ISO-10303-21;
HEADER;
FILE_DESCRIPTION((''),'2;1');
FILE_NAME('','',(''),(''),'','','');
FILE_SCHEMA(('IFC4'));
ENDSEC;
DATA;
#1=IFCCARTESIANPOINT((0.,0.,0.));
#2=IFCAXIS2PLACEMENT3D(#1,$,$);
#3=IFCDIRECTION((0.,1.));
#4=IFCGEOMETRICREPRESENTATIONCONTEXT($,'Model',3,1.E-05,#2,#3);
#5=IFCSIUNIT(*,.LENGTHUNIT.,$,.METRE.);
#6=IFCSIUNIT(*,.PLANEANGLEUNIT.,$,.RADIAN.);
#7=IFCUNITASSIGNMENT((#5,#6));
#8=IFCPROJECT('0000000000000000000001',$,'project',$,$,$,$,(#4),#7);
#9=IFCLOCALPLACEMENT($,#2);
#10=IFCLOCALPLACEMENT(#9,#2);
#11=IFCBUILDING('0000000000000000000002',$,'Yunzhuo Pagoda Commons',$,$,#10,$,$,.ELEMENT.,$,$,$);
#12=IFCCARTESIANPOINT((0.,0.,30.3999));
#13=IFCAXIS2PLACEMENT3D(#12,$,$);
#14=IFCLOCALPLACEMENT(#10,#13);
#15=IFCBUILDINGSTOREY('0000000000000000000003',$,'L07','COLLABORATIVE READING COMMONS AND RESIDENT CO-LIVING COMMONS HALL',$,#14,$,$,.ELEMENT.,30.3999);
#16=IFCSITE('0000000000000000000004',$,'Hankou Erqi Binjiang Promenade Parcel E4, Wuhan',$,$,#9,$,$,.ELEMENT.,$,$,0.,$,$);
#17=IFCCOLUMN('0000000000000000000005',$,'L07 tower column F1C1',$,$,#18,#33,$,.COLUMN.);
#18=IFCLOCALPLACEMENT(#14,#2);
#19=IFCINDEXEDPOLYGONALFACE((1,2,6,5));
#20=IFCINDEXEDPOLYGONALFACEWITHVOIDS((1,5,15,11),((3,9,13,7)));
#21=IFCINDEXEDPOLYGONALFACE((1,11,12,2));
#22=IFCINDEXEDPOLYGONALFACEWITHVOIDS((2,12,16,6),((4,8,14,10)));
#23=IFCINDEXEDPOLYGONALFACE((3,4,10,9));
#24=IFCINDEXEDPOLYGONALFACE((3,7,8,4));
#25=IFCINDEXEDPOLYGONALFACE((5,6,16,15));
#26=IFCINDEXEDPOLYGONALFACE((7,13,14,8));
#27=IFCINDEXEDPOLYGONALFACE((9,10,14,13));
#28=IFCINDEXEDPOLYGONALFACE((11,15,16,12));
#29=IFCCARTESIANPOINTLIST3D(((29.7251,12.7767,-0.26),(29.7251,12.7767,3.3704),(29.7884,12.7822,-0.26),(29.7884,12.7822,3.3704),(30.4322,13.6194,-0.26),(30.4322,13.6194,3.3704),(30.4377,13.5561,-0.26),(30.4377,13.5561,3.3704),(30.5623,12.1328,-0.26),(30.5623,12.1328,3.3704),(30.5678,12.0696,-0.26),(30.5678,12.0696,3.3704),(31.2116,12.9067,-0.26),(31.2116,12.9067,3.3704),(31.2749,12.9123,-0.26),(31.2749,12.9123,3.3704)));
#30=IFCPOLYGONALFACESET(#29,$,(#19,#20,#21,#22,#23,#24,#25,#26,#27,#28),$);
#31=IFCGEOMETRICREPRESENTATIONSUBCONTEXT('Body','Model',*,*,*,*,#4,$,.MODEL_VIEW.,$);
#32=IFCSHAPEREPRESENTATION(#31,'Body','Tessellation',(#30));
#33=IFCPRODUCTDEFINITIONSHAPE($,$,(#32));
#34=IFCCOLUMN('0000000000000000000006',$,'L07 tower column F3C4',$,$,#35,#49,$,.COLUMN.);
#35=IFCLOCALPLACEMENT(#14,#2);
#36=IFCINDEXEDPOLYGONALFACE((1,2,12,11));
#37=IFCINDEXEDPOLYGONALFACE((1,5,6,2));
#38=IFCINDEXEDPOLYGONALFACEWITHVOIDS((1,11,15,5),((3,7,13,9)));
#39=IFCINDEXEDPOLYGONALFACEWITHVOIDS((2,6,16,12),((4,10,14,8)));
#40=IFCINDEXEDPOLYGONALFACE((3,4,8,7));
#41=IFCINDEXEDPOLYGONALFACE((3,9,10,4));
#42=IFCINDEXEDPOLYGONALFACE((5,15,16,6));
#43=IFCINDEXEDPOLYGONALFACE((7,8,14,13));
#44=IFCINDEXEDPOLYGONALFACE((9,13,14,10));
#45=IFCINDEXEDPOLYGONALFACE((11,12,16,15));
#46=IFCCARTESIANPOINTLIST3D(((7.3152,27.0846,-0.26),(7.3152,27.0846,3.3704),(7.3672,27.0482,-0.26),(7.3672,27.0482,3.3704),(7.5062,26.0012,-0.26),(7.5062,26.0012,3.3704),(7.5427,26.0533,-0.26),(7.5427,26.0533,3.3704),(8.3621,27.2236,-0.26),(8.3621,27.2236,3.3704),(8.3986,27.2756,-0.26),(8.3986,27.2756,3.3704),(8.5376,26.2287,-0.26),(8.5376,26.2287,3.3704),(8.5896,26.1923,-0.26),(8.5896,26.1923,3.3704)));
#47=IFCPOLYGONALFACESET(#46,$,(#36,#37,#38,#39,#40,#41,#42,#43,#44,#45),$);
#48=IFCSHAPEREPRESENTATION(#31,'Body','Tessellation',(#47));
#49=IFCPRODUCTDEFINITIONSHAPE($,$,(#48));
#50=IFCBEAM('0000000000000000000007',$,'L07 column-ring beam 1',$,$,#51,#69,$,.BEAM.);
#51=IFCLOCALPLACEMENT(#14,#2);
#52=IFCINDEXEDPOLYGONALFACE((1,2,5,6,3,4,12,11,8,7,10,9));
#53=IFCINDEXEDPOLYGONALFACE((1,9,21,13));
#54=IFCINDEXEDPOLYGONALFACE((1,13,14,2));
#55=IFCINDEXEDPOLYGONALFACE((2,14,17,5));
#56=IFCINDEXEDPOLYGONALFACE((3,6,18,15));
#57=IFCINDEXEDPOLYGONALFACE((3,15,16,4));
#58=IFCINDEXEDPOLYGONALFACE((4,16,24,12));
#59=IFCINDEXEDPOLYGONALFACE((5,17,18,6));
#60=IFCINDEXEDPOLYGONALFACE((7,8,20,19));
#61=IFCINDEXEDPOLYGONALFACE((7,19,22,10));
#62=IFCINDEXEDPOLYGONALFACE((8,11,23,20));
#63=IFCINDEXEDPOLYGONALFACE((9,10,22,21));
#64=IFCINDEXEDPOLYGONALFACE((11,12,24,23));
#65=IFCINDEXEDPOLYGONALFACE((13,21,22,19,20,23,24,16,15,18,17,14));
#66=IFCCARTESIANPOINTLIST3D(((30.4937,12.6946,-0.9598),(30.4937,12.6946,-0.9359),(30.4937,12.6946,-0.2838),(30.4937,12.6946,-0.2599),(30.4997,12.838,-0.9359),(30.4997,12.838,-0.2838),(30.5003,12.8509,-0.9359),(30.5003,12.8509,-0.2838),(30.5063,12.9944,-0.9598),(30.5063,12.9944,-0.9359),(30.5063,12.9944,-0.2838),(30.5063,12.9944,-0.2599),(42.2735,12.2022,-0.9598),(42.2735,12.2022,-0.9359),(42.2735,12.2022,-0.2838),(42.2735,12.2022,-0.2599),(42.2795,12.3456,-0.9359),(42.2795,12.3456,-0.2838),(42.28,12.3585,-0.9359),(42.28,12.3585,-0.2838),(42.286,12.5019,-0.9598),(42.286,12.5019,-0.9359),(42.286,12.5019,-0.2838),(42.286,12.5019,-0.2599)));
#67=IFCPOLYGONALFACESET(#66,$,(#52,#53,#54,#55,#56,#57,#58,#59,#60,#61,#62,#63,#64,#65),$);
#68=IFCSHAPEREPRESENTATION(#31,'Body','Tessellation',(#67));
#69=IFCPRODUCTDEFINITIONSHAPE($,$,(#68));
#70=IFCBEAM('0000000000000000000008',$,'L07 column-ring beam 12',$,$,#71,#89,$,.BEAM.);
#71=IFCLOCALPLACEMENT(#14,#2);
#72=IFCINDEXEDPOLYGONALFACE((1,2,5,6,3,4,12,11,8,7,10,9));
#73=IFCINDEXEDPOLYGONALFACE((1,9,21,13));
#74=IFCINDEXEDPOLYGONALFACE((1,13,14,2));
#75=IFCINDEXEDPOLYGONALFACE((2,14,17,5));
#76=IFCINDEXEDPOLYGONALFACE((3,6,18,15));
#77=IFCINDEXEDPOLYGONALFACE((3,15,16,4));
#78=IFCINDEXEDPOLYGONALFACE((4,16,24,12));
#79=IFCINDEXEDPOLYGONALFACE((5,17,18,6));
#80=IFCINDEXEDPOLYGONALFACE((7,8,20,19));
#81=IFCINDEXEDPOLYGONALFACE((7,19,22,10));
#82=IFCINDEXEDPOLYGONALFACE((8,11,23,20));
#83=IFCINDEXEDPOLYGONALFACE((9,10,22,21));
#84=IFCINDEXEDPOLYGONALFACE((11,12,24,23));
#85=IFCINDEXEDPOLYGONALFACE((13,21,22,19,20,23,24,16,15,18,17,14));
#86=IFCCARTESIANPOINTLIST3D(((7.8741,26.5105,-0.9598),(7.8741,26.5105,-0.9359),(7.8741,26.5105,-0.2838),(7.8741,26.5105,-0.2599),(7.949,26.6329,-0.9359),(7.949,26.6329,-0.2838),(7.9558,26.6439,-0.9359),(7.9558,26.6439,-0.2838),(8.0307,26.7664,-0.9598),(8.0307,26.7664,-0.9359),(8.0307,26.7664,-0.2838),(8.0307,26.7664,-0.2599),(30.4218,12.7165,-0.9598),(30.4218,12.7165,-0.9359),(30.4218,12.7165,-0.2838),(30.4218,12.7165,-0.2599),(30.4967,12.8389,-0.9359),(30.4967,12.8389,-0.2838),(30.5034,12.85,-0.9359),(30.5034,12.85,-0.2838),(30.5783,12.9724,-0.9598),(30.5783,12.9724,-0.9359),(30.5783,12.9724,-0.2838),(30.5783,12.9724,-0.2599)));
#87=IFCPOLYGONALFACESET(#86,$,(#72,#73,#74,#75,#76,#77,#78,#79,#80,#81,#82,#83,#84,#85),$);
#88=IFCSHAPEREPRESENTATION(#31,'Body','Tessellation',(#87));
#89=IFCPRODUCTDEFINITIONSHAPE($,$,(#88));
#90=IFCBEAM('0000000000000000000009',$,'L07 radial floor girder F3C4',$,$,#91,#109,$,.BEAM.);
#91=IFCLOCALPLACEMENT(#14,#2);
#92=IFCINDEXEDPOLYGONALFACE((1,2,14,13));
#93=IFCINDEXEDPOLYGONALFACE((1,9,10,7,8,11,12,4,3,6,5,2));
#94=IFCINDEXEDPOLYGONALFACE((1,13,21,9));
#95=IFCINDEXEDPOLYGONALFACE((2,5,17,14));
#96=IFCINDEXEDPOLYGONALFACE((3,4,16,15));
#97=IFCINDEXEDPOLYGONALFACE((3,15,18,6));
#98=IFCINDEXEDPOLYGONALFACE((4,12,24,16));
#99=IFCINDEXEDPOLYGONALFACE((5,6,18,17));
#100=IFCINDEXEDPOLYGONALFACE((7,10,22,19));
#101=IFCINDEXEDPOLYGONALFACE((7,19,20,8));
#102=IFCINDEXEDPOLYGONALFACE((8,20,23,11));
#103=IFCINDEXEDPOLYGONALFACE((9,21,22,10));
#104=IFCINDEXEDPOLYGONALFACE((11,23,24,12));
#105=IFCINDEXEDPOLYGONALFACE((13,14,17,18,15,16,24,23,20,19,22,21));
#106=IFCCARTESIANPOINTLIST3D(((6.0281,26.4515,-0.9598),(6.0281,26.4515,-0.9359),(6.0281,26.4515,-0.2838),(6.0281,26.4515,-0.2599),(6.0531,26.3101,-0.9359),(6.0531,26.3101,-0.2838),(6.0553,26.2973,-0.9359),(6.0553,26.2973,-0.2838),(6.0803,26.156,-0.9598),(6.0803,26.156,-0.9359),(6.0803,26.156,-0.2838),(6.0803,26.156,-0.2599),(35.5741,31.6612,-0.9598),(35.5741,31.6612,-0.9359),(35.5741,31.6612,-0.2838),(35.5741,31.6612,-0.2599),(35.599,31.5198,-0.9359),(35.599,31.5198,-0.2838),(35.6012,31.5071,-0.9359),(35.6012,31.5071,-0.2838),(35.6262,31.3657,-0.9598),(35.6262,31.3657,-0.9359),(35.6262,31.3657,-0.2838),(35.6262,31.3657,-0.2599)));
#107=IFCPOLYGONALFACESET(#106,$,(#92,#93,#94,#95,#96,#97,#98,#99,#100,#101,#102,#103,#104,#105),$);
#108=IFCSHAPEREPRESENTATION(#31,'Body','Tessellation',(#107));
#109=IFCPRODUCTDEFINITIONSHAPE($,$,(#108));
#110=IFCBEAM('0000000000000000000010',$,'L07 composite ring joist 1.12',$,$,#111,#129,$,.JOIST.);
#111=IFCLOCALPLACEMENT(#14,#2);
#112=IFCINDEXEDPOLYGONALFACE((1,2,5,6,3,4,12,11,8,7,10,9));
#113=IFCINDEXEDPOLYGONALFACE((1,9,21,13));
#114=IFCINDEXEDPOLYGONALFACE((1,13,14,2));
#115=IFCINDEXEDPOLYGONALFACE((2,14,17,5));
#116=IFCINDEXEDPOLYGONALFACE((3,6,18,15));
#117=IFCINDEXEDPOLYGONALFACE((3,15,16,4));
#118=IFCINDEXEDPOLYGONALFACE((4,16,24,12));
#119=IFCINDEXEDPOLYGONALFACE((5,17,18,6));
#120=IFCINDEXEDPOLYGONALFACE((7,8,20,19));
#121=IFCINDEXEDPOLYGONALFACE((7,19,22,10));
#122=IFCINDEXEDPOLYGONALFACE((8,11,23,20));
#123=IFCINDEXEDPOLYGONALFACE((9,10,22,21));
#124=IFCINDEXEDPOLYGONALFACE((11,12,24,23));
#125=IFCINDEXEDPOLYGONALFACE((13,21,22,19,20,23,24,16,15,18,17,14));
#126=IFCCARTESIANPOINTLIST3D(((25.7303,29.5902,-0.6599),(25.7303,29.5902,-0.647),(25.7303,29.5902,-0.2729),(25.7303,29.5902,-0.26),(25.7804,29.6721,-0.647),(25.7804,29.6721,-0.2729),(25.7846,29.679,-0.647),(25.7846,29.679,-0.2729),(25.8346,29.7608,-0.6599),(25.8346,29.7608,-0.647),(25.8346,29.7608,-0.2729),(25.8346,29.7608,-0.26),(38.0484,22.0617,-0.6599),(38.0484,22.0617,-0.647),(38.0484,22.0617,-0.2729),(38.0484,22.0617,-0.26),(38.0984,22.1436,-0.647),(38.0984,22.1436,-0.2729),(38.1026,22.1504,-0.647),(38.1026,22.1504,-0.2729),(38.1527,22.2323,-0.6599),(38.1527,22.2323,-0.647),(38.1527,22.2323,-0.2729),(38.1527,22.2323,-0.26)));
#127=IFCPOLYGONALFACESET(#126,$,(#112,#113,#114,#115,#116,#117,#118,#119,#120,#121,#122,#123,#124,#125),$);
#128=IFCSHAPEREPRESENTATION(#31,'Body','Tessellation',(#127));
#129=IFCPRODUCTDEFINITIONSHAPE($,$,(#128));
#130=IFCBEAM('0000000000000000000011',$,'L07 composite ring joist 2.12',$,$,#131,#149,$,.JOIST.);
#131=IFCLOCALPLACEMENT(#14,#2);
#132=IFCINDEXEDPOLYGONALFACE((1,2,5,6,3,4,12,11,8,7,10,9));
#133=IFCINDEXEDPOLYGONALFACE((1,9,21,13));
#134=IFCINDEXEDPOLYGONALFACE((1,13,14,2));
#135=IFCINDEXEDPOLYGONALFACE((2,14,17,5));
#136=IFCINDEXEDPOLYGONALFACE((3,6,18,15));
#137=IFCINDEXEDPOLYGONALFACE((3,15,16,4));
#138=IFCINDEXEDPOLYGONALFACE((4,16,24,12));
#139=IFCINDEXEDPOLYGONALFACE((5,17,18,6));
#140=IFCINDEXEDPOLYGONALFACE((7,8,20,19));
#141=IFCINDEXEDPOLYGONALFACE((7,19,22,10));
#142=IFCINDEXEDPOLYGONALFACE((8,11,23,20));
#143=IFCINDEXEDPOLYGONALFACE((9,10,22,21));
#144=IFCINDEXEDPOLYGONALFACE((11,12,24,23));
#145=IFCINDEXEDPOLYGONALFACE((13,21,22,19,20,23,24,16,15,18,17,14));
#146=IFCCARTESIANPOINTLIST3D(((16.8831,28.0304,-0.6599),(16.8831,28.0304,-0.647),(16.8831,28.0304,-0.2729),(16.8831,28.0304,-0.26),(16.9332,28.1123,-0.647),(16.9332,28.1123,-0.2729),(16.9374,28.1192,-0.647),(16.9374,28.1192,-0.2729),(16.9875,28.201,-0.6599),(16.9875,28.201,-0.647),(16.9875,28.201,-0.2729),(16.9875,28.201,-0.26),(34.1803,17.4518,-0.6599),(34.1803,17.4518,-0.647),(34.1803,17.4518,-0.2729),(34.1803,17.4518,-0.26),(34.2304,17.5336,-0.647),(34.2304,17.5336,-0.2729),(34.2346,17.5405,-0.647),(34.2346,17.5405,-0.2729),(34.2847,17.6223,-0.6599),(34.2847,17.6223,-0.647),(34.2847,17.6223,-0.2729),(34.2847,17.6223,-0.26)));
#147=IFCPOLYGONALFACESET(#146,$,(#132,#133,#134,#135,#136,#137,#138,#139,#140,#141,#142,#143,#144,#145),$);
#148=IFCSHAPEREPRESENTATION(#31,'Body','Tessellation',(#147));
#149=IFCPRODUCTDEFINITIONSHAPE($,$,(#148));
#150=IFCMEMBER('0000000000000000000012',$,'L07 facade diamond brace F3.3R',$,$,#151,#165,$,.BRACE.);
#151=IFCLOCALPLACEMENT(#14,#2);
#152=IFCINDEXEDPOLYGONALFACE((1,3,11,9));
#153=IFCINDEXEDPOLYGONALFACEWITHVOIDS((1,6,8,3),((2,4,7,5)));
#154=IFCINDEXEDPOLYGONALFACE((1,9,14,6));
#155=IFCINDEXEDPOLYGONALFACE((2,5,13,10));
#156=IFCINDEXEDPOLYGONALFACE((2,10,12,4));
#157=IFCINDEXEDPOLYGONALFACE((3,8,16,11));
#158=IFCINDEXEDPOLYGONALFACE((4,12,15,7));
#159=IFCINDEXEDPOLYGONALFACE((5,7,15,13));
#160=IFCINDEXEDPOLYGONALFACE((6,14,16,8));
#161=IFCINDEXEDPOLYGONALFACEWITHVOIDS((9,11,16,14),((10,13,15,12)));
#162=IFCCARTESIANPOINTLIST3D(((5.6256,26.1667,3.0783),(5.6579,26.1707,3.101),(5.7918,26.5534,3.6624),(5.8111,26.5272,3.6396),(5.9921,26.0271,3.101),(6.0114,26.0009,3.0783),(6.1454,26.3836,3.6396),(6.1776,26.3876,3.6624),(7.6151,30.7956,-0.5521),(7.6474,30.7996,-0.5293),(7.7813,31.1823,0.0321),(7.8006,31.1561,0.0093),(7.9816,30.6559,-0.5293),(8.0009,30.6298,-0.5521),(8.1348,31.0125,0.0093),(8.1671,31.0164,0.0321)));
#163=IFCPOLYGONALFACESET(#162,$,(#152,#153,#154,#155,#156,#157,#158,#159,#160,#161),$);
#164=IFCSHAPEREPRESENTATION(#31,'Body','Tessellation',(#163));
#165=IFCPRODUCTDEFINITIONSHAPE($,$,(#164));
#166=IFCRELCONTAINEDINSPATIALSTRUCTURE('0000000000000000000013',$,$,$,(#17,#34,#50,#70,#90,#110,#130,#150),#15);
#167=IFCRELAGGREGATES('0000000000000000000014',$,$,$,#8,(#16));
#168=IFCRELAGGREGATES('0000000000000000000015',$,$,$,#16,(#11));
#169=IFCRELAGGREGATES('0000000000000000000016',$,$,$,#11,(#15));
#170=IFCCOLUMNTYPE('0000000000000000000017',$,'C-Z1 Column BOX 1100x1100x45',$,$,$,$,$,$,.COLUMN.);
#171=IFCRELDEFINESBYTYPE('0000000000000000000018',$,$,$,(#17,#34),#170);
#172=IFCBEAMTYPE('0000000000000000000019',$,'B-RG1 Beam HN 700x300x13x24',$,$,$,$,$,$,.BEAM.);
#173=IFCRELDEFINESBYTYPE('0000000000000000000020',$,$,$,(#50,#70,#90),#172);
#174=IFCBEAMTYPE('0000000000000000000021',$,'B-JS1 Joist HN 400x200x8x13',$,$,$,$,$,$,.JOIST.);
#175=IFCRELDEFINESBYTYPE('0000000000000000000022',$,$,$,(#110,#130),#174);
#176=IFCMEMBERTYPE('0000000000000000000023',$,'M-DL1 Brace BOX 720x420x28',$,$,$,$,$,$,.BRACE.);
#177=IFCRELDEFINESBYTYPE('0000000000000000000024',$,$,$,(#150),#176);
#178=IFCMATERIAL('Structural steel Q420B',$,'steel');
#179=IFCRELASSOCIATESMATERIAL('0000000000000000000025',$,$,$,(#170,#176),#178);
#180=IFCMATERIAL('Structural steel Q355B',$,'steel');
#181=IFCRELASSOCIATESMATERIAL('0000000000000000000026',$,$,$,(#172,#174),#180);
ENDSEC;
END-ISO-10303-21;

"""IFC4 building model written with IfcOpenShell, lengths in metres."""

from ifc_helpers import new_model, si_unit, direction, frame, origin, origin_2d, place, context, subcontext, project, spatial, hollow_rectangle, i_section, extrude, source, transform, mapped, material, material_profile, profile_set, type_object, element, save


model = new_model("IFC4")

# Units and contexts
model_context = context("Model", 3, precision=1e-05, world=origin(), true_north=direction((0.0, 1.0)))
body_context = subcontext(model_context, "Body", "Model", "MODEL_VIEW")
ifc_project = project(units=[si_unit("LENGTHUNIT", "METRE"), si_unit("PLANEANGLEUNIT", "RADIAN")], contexts=[model_context])

# Site, building, storey
site_placement = place(None, origin())
site = spatial("IfcSite", under=ifc_project, at=site_placement, Name="Hankou Erqi Binjiang Promenade Parcel E4, Wuhan", CompositionType="ELEMENT", RefElevation=0.0)
building_placement = place(site_placement, origin())
building = spatial("IfcBuilding", under=site, at=building_placement, Name="Yunzhuo Pagoda Commons", CompositionType="ELEMENT")
storey_placement = place(building_placement, frame((0.0, 0.0, 30.3999)))
storey = spatial("IfcBuildingStorey", under=building, at=storey_placement, Name="L07", Description="COLLABORATIVE READING COMMONS AND RESIDENT CO-LIVING COMMONS HALL", CompositionType="ELEMENT", Elevation=30.3999)

# Columns
ifc_material_1 = material(Name="Structural steel Q420B", Category="steel")
ifc_material_profile_1 = material_profile(ifc_material_1, hollow_rectangle(XDim=1.1001, YDim=1.1001, WallThickness=0.0449, at=origin_2d()), Name="Structural steel Q420B")
ifc_profile_set_1 = profile_set([ifc_material_profile_1], Name="Structural steel Q420B")
column_type = type_object("IfcColumnType", Name="C-Z1 Column BOX 1100x1100x45", PredefinedType="COLUMN", material=ifc_profile_set_1)
shared_shape_1 = source(origin(), body_context, "Body", "SweptSolid", [
    extrude(hollow_rectangle(XDim=1.1001, YDim=1.1001, WallThickness=0.0449, at=origin_2d()), origin(), (0.0, 0.0, 1.0), 3.6304),
])
for number, where, z_axis, x_axis, name in (
    (1, (30.5, 12.8445, -0.26), (0.0, 0.0, 1.0), (0.766044, -0.642788, 0.0), "L07 tower column F1C1"),
    (2, (7.9524, 26.6384, -0.26), (0.0, 0.0, 1.0), (0.173648, -0.984808, 0.0), "L07 tower column F3C4"),
):
    element("IfcColumn", number, at=place(storey_placement, frame(where, z_axis=z_axis, x_axis=x_axis)), inside=storey, type_object=column_type, Name=name, PredefinedType="COLUMN", context=body_context, shape_type="MappedRepresentation", body=[
        mapped(shared_shape_1, transform((0.0, 0.0, 0.0), scale=1.0)),
    ])

# Beams
ifc_material_2 = material(Name="Structural steel Q355B", Category="steel")
ifc_material_profile_2 = material_profile(ifc_material_2, i_section(OverallWidth=0.3, OverallDepth=0.7, WebThickness=0.0129, FlangeThickness=0.0239, at=origin_2d()), Name="Structural steel Q355B")
ifc_profile_set_2 = profile_set([ifc_material_profile_2], Name="Structural steel Q355B")
beam_type_1 = type_object("IfcBeamType", Name="B-RG1 Beam HN 700x300x13x24", PredefinedType="BEAM", material=ifc_profile_set_2)
shared_shape_2 = source(origin(), body_context, "Body", "SweptSolid", [
    extrude(i_section(OverallWidth=0.3, OverallDepth=0.7, WebThickness=0.0129, FlangeThickness=0.0239, at=origin_2d()), origin(), (0.0, 0.0, 1.0), 11.79),
])
beam_1_placement = place(storey_placement, frame((30.5, 12.8445, -0.6099), z_axis=(0.999127, -0.041767, 0.0), x_axis=(0.041767, 0.999127, 0.0)))
element("IfcBeam", 3, at=beam_1_placement, inside=storey, type_object=beam_type_1, Name="L07 column-ring beam 1", PredefinedType="BEAM", context=body_context, shape_type="MappedRepresentation", body=[
    mapped(shared_shape_2, transform((0.0, 0.0, 0.0), scale=1.0)),
])
shared_shape_3 = source(origin(), body_context, "Body", "SweptSolid", [
    extrude(i_section(OverallWidth=0.3, OverallDepth=0.7, WebThickness=0.0129, FlangeThickness=0.0239, at=origin_2d()), origin(), (0.0, 0.0, 1.0), 26.4324),
])
beam_2_placement = place(storey_placement, frame((7.9524, 26.6384, -0.6099), z_axis=(0.853032, -0.521859, 0.0), x_axis=(0.521859, 0.853032, 0.0)))
element("IfcBeam", 4, at=beam_2_placement, inside=storey, type_object=beam_type_1, Name="L07 column-ring beam 12", PredefinedType="BEAM", context=body_context, shape_type="MappedRepresentation", body=[
    mapped(shared_shape_3, transform((0.0, 0.0, 0.0), scale=1.0)),
])
shared_shape_4 = source(origin(), body_context, "Body", "SweptSolid", [
    extrude(i_section(OverallWidth=0.3, OverallDepth=0.7, WebThickness=0.0129, FlangeThickness=0.0239, at=origin_2d()), origin(), (0.0, 0.0, 1.0), 30.0017),
])
beam_3_placement = place(storey_placement, frame((6.0542, 26.3037, -0.6099), z_axis=(0.984808, 0.173647, 0.0), x_axis=(-0.173647, 0.984808, 0.0)))
element("IfcBeam", 5, at=beam_3_placement, inside=storey, type_object=beam_type_1, Name="L07 radial floor girder F3C4", PredefinedType="BEAM", context=body_context, shape_type="MappedRepresentation", body=[
    mapped(shared_shape_4, transform((0.0, 0.0, 0.0), scale=1.0)),
])
ifc_material_profile_3 = material_profile(ifc_material_2, i_section(OverallWidth=0.2, OverallDepth=0.3999, WebThickness=0.0081, FlangeThickness=0.0129, at=origin_2d()), Name="Structural steel Q355B")
ifc_profile_set_3 = profile_set([ifc_material_profile_3], Name="Structural steel Q355B")
beam_type_2 = type_object("IfcBeamType", Name="B-JS1 Joist HN 400x200x8x13", PredefinedType="JOIST", material=ifc_profile_set_3)
shared_shape_5 = source(origin(), body_context, "Body", "SweptSolid", [
    extrude(i_section(OverallWidth=0.2, OverallDepth=0.3999, WebThickness=0.0081, FlangeThickness=0.0129, at=origin_2d()), origin(), (0.0, 0.0, 1.0), 14.4365),
])
beam_4_placement = place(storey_placement, frame((25.7825, 29.6755, -0.46), z_axis=(0.853256, -0.521492, 0.0), x_axis=(0.521492, 0.853256, 0.0)))
element("IfcBeam", 6, at=beam_4_placement, inside=storey, type_object=beam_type_2, Name="L07 composite ring joist 1.12", PredefinedType="JOIST", context=body_context, shape_type="MappedRepresentation", body=[
    mapped(shared_shape_5, transform((0.0, 0.0, 0.0), scale=1.0)),
])
shared_shape_6 = source(origin(), body_context, "Body", "SweptSolid", [
    extrude(i_section(OverallWidth=0.2, OverallDepth=0.3999, WebThickness=0.0081, FlangeThickness=0.0129, at=origin_2d()), origin(), (0.0, 0.0, 1.0), 20.2756),
])
beam_5_placement = place(storey_placement, frame((16.9353, 28.1157, -0.46), z_axis=(0.853103, -0.521743, 0.0), x_axis=(0.521743, 0.853103, 0.0)))
element("IfcBeam", 7, at=beam_5_placement, inside=storey, type_object=beam_type_2, Name="L07 composite ring joist 2.12", PredefinedType="JOIST", context=body_context, shape_type="MappedRepresentation", body=[
    mapped(shared_shape_6, transform((0.0, 0.0, 0.0), scale=1.0)),
])

# Member
ifc_material_profile_4 = material_profile(ifc_material_1, hollow_rectangle(XDim=0.4199, YDim=0.72, WallThickness=0.0281, at=origin_2d()), Name="Structural steel Q420B")
ifc_profile_set_4 = profile_set([ifc_material_profile_4], Name="Structural steel Q420B")
member_type_1 = type_object("IfcMemberType", Name="M-DL1 Brace BOX 720x420x28", PredefinedType="BRACE", material=ifc_profile_set_4)
shared_shape_7 = source(origin(), body_context, "Body", "SweptSolid", [
    extrude(hollow_rectangle(XDim=0.4199, YDim=0.72, WallThickness=0.0281, at=origin_2d()), origin(), (0.0, 0.0, 1.0), 6.21),
])
member_1_placement = place(storey_placement, frame((7.8911, 30.906, -0.26), z_axis=(-0.320369, -0.745392, 0.584598), x_axis=(0.918736, -0.394872, 0.0)))
element("IfcMember", 8, at=member_1_placement, inside=storey, type_object=member_type_1, Name="L07 facade diamond brace F3.3R", PredefinedType="BRACE", context=body_context, shape_type="MappedRepresentation", body=[
    mapped(shared_shape_7, transform((0.0, 0.0, 0.0), scale=1.0)),
])

save(model, "model.ifc")
